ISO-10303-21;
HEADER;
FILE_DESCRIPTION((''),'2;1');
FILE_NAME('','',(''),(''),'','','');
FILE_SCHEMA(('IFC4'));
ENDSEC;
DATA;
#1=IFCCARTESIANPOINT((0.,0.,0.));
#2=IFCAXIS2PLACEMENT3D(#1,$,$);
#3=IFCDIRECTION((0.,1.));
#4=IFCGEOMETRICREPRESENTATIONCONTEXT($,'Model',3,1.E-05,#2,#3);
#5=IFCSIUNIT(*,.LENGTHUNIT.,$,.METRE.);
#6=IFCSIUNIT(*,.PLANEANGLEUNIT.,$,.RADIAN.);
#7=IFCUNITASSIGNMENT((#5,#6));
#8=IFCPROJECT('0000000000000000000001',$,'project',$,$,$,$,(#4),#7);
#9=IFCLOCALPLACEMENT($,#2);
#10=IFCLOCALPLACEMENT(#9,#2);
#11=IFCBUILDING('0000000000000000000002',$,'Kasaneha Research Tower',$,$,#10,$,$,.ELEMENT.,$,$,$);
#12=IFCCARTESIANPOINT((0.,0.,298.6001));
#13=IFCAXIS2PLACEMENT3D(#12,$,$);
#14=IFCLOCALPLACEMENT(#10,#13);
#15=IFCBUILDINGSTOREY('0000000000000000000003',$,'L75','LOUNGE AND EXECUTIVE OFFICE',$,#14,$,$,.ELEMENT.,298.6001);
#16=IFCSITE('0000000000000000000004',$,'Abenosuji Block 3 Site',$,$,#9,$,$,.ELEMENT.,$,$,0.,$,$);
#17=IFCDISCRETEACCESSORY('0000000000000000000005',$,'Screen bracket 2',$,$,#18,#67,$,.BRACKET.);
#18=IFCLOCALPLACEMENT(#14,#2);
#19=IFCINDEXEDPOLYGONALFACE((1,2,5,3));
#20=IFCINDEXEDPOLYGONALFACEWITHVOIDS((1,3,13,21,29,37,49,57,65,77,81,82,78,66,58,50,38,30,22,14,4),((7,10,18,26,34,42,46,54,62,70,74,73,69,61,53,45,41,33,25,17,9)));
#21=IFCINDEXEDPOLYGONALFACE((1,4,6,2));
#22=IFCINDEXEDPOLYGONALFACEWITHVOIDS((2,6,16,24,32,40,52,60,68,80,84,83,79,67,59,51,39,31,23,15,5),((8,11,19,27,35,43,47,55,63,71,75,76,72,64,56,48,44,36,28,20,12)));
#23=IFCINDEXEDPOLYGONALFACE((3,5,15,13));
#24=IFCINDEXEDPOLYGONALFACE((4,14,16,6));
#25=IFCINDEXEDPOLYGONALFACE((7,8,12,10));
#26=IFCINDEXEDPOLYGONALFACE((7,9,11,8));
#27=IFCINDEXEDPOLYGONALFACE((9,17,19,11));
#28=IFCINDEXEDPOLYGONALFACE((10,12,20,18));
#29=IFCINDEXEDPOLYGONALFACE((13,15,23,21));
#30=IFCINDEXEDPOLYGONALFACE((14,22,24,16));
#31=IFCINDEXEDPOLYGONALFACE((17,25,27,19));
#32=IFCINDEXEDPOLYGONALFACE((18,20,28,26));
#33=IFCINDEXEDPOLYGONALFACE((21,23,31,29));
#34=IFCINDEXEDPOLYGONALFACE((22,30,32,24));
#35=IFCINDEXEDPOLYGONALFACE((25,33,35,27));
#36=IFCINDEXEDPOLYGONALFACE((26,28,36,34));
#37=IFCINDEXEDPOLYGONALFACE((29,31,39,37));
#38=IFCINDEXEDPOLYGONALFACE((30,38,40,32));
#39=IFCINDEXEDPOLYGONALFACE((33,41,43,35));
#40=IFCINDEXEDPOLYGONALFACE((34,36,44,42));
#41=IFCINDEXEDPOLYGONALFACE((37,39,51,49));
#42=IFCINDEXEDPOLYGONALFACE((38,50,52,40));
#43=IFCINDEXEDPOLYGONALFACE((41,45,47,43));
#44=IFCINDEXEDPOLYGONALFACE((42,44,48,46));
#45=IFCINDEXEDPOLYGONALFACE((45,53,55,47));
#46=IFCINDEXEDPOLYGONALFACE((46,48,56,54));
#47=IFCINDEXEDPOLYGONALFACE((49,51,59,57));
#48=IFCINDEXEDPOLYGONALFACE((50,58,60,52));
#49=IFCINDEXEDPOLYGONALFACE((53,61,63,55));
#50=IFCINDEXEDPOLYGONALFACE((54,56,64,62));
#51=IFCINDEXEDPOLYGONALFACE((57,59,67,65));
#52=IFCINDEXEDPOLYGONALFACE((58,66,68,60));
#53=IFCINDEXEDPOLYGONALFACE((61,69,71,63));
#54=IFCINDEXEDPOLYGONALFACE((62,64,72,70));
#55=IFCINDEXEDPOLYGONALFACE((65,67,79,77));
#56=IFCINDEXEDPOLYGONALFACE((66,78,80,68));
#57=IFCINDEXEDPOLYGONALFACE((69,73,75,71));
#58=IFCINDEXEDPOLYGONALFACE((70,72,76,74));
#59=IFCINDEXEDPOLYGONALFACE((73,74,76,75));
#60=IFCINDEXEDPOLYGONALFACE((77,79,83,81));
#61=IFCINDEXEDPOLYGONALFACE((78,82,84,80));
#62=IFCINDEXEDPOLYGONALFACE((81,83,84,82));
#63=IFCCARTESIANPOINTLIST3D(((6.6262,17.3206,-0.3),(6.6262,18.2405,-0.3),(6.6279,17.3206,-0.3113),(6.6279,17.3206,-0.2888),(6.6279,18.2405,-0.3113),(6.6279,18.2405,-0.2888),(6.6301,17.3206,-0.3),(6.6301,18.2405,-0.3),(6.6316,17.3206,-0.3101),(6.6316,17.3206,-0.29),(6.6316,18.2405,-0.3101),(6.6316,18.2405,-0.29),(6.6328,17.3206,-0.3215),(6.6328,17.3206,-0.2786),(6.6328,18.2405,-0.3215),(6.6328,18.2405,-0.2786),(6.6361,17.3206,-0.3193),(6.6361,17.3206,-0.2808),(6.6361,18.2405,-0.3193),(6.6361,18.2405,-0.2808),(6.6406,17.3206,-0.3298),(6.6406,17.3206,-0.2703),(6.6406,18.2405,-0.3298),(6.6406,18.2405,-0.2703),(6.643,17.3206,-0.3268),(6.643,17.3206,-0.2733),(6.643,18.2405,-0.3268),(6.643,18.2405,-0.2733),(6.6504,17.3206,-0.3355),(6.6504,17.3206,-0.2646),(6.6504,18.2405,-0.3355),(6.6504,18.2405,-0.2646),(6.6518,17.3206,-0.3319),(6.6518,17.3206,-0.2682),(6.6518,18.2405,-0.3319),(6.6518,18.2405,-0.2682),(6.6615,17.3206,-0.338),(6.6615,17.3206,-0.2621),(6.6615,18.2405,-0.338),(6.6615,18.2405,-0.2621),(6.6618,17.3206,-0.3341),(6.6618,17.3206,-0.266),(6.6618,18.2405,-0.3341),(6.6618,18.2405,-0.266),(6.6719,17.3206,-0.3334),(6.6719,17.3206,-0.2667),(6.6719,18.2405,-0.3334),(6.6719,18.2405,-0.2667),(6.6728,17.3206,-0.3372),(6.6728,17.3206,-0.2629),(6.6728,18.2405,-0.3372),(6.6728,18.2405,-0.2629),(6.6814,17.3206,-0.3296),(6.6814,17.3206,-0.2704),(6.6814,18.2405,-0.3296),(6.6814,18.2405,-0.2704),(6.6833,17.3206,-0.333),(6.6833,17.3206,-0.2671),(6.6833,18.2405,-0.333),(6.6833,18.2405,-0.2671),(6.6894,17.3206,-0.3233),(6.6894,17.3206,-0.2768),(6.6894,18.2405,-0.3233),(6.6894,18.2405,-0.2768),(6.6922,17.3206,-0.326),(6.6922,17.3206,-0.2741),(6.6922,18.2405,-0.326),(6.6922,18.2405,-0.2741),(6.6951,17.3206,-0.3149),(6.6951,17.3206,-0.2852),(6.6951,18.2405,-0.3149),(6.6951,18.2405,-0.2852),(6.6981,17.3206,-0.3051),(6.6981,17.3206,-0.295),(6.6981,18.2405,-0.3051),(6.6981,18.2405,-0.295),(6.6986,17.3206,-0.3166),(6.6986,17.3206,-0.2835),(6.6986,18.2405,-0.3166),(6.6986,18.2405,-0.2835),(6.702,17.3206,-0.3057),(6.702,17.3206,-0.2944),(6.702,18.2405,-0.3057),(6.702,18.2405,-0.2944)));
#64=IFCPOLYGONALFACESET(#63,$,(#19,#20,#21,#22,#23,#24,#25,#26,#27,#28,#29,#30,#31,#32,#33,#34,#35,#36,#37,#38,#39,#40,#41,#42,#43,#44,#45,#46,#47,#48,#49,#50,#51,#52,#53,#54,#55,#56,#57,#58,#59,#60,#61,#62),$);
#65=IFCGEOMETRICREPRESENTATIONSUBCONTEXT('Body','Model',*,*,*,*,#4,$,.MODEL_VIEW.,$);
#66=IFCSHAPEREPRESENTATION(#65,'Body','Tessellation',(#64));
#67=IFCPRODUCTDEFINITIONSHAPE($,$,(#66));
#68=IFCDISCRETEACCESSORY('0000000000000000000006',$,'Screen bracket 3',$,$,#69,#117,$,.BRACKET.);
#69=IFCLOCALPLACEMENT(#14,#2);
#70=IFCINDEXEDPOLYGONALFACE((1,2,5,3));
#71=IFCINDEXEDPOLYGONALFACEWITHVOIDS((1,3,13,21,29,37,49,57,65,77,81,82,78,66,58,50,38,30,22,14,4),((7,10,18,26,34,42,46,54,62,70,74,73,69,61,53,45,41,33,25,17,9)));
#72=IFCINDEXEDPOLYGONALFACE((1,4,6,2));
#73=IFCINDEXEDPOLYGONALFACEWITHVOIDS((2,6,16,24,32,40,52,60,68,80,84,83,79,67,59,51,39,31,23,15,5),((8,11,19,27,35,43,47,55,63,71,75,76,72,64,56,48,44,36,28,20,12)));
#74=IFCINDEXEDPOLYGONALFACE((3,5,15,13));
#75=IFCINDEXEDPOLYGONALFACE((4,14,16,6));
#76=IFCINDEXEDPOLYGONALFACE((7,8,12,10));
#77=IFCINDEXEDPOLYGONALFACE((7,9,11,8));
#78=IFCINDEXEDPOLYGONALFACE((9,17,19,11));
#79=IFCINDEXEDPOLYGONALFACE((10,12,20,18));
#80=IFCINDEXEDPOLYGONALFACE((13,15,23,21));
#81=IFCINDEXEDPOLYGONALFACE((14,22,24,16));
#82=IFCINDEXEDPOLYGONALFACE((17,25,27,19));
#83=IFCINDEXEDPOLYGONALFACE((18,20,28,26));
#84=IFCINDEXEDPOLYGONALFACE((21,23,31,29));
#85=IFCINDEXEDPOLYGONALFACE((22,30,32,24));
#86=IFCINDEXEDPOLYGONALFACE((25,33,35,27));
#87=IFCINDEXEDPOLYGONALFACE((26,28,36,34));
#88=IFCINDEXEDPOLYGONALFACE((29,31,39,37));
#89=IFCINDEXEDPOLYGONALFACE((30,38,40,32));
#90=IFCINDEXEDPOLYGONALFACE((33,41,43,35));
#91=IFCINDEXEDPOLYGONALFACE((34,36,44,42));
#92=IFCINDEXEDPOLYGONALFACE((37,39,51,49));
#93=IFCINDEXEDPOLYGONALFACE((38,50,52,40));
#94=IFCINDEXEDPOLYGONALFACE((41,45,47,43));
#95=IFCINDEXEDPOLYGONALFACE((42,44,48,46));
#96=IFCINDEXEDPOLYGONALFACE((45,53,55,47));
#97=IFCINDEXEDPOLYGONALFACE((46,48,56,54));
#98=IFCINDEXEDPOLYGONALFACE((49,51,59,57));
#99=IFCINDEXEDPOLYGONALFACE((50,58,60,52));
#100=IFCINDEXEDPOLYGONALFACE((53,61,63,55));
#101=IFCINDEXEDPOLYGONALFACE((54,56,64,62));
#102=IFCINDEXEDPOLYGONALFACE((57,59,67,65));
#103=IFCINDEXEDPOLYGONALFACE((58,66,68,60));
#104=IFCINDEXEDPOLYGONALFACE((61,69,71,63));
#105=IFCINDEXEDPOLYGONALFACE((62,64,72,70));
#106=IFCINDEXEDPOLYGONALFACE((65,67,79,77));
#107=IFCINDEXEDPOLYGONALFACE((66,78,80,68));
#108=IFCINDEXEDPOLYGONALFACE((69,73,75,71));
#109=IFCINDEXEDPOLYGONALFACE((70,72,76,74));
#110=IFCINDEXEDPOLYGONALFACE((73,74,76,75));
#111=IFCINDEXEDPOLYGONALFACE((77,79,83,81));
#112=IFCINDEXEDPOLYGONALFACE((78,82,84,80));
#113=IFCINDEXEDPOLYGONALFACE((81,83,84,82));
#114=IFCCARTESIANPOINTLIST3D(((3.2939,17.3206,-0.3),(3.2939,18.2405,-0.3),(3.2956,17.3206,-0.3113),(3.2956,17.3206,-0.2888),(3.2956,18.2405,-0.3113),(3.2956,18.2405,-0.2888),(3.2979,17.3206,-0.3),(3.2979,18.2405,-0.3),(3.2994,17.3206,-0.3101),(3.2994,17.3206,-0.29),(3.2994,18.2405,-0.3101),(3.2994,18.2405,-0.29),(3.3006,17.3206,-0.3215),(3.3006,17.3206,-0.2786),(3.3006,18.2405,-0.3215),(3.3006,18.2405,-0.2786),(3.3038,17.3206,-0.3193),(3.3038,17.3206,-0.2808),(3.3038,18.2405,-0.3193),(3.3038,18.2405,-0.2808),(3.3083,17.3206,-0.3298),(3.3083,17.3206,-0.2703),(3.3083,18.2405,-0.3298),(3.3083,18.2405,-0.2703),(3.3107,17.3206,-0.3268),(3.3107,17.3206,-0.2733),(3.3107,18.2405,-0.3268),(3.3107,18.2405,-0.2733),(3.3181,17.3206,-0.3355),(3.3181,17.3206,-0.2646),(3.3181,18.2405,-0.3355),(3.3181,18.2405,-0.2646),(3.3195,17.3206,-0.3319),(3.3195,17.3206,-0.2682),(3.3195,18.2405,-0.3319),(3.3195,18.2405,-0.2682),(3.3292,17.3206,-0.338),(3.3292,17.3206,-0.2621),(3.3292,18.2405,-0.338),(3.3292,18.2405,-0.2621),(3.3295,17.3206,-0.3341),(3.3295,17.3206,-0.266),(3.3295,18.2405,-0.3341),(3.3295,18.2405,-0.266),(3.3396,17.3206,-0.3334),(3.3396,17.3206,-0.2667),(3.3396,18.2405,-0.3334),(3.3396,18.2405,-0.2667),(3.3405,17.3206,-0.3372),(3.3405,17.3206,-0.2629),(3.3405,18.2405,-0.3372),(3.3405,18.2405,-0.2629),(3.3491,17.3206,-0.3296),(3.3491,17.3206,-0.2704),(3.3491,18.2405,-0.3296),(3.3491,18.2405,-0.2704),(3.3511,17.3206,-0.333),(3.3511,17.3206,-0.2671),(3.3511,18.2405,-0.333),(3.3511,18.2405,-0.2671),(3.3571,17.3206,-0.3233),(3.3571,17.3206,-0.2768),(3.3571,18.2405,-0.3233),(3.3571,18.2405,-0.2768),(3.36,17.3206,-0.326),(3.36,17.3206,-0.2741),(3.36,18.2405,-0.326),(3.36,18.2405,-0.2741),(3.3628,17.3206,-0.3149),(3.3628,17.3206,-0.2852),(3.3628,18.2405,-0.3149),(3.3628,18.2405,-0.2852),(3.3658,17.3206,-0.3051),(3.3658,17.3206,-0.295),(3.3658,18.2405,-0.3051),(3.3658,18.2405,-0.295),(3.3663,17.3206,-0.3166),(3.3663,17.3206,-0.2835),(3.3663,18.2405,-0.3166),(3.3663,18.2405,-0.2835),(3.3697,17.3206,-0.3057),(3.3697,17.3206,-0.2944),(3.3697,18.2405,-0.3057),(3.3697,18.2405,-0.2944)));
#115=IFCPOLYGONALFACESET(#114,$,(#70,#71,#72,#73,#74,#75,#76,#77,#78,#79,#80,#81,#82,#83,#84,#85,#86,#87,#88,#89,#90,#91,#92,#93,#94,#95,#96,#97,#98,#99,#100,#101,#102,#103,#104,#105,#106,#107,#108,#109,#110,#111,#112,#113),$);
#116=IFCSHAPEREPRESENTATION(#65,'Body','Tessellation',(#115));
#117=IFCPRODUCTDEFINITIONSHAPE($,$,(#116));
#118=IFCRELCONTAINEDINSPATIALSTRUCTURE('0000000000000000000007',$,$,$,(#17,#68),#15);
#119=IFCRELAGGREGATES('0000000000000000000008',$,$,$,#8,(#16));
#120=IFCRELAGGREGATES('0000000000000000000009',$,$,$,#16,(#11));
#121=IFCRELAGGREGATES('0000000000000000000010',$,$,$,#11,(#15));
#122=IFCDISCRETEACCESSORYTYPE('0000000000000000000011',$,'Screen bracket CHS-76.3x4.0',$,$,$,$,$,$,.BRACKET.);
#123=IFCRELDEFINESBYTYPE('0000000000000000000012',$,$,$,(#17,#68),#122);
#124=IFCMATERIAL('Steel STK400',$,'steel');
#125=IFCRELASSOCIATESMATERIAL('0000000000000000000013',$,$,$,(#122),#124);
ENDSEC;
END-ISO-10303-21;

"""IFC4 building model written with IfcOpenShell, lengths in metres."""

from ifc_helpers import new_model, si_unit, direction, frame, origin, origin_2d, place, context, subcontext, project, spatial, hollow_circle, extrude, material, material_profile, profile_set, type_object, element, save


model = new_model("IFC4")

# Units and contexts
model_context = context("Model", 3, precision=1e-05, world=origin(), true_north=direction((0.0, 1.0)))
body_context = subcontext(model_context, "Body", "Model", "MODEL_VIEW")
ifc_project = project(units=[si_unit("LENGTHUNIT", "METRE"), si_unit("PLANEANGLEUNIT", "RADIAN")], contexts=[model_context])

# Site, building, storey
site_placement = place(None, origin())
site = spatial("IfcSite", under=ifc_project, at=site_placement, Name="Abenosuji Block 3 Site", CompositionType="ELEMENT", RefElevation=0.0)
building_placement = place(site_placement, origin())
building = spatial("IfcBuilding", under=site, at=building_placement, Name="Kasaneha Research Tower", CompositionType="ELEMENT")
storey_placement = place(building_placement, frame((0.0, 0.0, 298.6001)))
storey = spatial("IfcBuildingStorey", under=building, at=storey_placement, Name="L75", Description="LOUNGE AND EXECUTIVE OFFICE", CompositionType="ELEMENT", Elevation=298.6001)

# Discrete accessories
ifc_material_1 = material(Name="Steel STK400", Category="steel")
ifc_material_profile_1 = material_profile(ifc_material_1, hollow_circle(Radius=0.0381, WallThickness=0.0039, at=origin_2d()), Name="CHS-76.3x4.0")
ifc_profile_set_1 = profile_set([ifc_material_profile_1], Name="Steel STK400")
discrete_accessory_type = type_object("IfcDiscreteAccessoryType", Name="Screen bracket CHS-76.3x4.0", PredefinedType="BRACKET", material=ifc_profile_set_1)
for number, where, z_axis, x_axis, name in (
    (1, (6.6643, 17.3206, -0.3), (0.0, 1.0, 0.0), (-1.0, 0.0, 0.0), "Screen bracket 2"),
    (2, (3.332, 17.3206, -0.3), (0.0, 1.0, 0.0), (-1.0, 0.0, 0.0), "Screen bracket 3"),
):
    element("IfcDiscreteAccessory", number, at=place(storey_placement, frame(where, z_axis=z_axis, x_axis=x_axis)), inside=storey, type_object=discrete_accessory_type, Name=name, PredefinedType="BRACKET", context=body_context, shape_type="SweptSolid", body=[
        extrude(hollow_circle(Radius=0.0381, WallThickness=0.0039, at=origin_2d()), origin(), (0.0, 0.0, 1.0), 0.9199),
    ])

save(model, "model.ifc")
